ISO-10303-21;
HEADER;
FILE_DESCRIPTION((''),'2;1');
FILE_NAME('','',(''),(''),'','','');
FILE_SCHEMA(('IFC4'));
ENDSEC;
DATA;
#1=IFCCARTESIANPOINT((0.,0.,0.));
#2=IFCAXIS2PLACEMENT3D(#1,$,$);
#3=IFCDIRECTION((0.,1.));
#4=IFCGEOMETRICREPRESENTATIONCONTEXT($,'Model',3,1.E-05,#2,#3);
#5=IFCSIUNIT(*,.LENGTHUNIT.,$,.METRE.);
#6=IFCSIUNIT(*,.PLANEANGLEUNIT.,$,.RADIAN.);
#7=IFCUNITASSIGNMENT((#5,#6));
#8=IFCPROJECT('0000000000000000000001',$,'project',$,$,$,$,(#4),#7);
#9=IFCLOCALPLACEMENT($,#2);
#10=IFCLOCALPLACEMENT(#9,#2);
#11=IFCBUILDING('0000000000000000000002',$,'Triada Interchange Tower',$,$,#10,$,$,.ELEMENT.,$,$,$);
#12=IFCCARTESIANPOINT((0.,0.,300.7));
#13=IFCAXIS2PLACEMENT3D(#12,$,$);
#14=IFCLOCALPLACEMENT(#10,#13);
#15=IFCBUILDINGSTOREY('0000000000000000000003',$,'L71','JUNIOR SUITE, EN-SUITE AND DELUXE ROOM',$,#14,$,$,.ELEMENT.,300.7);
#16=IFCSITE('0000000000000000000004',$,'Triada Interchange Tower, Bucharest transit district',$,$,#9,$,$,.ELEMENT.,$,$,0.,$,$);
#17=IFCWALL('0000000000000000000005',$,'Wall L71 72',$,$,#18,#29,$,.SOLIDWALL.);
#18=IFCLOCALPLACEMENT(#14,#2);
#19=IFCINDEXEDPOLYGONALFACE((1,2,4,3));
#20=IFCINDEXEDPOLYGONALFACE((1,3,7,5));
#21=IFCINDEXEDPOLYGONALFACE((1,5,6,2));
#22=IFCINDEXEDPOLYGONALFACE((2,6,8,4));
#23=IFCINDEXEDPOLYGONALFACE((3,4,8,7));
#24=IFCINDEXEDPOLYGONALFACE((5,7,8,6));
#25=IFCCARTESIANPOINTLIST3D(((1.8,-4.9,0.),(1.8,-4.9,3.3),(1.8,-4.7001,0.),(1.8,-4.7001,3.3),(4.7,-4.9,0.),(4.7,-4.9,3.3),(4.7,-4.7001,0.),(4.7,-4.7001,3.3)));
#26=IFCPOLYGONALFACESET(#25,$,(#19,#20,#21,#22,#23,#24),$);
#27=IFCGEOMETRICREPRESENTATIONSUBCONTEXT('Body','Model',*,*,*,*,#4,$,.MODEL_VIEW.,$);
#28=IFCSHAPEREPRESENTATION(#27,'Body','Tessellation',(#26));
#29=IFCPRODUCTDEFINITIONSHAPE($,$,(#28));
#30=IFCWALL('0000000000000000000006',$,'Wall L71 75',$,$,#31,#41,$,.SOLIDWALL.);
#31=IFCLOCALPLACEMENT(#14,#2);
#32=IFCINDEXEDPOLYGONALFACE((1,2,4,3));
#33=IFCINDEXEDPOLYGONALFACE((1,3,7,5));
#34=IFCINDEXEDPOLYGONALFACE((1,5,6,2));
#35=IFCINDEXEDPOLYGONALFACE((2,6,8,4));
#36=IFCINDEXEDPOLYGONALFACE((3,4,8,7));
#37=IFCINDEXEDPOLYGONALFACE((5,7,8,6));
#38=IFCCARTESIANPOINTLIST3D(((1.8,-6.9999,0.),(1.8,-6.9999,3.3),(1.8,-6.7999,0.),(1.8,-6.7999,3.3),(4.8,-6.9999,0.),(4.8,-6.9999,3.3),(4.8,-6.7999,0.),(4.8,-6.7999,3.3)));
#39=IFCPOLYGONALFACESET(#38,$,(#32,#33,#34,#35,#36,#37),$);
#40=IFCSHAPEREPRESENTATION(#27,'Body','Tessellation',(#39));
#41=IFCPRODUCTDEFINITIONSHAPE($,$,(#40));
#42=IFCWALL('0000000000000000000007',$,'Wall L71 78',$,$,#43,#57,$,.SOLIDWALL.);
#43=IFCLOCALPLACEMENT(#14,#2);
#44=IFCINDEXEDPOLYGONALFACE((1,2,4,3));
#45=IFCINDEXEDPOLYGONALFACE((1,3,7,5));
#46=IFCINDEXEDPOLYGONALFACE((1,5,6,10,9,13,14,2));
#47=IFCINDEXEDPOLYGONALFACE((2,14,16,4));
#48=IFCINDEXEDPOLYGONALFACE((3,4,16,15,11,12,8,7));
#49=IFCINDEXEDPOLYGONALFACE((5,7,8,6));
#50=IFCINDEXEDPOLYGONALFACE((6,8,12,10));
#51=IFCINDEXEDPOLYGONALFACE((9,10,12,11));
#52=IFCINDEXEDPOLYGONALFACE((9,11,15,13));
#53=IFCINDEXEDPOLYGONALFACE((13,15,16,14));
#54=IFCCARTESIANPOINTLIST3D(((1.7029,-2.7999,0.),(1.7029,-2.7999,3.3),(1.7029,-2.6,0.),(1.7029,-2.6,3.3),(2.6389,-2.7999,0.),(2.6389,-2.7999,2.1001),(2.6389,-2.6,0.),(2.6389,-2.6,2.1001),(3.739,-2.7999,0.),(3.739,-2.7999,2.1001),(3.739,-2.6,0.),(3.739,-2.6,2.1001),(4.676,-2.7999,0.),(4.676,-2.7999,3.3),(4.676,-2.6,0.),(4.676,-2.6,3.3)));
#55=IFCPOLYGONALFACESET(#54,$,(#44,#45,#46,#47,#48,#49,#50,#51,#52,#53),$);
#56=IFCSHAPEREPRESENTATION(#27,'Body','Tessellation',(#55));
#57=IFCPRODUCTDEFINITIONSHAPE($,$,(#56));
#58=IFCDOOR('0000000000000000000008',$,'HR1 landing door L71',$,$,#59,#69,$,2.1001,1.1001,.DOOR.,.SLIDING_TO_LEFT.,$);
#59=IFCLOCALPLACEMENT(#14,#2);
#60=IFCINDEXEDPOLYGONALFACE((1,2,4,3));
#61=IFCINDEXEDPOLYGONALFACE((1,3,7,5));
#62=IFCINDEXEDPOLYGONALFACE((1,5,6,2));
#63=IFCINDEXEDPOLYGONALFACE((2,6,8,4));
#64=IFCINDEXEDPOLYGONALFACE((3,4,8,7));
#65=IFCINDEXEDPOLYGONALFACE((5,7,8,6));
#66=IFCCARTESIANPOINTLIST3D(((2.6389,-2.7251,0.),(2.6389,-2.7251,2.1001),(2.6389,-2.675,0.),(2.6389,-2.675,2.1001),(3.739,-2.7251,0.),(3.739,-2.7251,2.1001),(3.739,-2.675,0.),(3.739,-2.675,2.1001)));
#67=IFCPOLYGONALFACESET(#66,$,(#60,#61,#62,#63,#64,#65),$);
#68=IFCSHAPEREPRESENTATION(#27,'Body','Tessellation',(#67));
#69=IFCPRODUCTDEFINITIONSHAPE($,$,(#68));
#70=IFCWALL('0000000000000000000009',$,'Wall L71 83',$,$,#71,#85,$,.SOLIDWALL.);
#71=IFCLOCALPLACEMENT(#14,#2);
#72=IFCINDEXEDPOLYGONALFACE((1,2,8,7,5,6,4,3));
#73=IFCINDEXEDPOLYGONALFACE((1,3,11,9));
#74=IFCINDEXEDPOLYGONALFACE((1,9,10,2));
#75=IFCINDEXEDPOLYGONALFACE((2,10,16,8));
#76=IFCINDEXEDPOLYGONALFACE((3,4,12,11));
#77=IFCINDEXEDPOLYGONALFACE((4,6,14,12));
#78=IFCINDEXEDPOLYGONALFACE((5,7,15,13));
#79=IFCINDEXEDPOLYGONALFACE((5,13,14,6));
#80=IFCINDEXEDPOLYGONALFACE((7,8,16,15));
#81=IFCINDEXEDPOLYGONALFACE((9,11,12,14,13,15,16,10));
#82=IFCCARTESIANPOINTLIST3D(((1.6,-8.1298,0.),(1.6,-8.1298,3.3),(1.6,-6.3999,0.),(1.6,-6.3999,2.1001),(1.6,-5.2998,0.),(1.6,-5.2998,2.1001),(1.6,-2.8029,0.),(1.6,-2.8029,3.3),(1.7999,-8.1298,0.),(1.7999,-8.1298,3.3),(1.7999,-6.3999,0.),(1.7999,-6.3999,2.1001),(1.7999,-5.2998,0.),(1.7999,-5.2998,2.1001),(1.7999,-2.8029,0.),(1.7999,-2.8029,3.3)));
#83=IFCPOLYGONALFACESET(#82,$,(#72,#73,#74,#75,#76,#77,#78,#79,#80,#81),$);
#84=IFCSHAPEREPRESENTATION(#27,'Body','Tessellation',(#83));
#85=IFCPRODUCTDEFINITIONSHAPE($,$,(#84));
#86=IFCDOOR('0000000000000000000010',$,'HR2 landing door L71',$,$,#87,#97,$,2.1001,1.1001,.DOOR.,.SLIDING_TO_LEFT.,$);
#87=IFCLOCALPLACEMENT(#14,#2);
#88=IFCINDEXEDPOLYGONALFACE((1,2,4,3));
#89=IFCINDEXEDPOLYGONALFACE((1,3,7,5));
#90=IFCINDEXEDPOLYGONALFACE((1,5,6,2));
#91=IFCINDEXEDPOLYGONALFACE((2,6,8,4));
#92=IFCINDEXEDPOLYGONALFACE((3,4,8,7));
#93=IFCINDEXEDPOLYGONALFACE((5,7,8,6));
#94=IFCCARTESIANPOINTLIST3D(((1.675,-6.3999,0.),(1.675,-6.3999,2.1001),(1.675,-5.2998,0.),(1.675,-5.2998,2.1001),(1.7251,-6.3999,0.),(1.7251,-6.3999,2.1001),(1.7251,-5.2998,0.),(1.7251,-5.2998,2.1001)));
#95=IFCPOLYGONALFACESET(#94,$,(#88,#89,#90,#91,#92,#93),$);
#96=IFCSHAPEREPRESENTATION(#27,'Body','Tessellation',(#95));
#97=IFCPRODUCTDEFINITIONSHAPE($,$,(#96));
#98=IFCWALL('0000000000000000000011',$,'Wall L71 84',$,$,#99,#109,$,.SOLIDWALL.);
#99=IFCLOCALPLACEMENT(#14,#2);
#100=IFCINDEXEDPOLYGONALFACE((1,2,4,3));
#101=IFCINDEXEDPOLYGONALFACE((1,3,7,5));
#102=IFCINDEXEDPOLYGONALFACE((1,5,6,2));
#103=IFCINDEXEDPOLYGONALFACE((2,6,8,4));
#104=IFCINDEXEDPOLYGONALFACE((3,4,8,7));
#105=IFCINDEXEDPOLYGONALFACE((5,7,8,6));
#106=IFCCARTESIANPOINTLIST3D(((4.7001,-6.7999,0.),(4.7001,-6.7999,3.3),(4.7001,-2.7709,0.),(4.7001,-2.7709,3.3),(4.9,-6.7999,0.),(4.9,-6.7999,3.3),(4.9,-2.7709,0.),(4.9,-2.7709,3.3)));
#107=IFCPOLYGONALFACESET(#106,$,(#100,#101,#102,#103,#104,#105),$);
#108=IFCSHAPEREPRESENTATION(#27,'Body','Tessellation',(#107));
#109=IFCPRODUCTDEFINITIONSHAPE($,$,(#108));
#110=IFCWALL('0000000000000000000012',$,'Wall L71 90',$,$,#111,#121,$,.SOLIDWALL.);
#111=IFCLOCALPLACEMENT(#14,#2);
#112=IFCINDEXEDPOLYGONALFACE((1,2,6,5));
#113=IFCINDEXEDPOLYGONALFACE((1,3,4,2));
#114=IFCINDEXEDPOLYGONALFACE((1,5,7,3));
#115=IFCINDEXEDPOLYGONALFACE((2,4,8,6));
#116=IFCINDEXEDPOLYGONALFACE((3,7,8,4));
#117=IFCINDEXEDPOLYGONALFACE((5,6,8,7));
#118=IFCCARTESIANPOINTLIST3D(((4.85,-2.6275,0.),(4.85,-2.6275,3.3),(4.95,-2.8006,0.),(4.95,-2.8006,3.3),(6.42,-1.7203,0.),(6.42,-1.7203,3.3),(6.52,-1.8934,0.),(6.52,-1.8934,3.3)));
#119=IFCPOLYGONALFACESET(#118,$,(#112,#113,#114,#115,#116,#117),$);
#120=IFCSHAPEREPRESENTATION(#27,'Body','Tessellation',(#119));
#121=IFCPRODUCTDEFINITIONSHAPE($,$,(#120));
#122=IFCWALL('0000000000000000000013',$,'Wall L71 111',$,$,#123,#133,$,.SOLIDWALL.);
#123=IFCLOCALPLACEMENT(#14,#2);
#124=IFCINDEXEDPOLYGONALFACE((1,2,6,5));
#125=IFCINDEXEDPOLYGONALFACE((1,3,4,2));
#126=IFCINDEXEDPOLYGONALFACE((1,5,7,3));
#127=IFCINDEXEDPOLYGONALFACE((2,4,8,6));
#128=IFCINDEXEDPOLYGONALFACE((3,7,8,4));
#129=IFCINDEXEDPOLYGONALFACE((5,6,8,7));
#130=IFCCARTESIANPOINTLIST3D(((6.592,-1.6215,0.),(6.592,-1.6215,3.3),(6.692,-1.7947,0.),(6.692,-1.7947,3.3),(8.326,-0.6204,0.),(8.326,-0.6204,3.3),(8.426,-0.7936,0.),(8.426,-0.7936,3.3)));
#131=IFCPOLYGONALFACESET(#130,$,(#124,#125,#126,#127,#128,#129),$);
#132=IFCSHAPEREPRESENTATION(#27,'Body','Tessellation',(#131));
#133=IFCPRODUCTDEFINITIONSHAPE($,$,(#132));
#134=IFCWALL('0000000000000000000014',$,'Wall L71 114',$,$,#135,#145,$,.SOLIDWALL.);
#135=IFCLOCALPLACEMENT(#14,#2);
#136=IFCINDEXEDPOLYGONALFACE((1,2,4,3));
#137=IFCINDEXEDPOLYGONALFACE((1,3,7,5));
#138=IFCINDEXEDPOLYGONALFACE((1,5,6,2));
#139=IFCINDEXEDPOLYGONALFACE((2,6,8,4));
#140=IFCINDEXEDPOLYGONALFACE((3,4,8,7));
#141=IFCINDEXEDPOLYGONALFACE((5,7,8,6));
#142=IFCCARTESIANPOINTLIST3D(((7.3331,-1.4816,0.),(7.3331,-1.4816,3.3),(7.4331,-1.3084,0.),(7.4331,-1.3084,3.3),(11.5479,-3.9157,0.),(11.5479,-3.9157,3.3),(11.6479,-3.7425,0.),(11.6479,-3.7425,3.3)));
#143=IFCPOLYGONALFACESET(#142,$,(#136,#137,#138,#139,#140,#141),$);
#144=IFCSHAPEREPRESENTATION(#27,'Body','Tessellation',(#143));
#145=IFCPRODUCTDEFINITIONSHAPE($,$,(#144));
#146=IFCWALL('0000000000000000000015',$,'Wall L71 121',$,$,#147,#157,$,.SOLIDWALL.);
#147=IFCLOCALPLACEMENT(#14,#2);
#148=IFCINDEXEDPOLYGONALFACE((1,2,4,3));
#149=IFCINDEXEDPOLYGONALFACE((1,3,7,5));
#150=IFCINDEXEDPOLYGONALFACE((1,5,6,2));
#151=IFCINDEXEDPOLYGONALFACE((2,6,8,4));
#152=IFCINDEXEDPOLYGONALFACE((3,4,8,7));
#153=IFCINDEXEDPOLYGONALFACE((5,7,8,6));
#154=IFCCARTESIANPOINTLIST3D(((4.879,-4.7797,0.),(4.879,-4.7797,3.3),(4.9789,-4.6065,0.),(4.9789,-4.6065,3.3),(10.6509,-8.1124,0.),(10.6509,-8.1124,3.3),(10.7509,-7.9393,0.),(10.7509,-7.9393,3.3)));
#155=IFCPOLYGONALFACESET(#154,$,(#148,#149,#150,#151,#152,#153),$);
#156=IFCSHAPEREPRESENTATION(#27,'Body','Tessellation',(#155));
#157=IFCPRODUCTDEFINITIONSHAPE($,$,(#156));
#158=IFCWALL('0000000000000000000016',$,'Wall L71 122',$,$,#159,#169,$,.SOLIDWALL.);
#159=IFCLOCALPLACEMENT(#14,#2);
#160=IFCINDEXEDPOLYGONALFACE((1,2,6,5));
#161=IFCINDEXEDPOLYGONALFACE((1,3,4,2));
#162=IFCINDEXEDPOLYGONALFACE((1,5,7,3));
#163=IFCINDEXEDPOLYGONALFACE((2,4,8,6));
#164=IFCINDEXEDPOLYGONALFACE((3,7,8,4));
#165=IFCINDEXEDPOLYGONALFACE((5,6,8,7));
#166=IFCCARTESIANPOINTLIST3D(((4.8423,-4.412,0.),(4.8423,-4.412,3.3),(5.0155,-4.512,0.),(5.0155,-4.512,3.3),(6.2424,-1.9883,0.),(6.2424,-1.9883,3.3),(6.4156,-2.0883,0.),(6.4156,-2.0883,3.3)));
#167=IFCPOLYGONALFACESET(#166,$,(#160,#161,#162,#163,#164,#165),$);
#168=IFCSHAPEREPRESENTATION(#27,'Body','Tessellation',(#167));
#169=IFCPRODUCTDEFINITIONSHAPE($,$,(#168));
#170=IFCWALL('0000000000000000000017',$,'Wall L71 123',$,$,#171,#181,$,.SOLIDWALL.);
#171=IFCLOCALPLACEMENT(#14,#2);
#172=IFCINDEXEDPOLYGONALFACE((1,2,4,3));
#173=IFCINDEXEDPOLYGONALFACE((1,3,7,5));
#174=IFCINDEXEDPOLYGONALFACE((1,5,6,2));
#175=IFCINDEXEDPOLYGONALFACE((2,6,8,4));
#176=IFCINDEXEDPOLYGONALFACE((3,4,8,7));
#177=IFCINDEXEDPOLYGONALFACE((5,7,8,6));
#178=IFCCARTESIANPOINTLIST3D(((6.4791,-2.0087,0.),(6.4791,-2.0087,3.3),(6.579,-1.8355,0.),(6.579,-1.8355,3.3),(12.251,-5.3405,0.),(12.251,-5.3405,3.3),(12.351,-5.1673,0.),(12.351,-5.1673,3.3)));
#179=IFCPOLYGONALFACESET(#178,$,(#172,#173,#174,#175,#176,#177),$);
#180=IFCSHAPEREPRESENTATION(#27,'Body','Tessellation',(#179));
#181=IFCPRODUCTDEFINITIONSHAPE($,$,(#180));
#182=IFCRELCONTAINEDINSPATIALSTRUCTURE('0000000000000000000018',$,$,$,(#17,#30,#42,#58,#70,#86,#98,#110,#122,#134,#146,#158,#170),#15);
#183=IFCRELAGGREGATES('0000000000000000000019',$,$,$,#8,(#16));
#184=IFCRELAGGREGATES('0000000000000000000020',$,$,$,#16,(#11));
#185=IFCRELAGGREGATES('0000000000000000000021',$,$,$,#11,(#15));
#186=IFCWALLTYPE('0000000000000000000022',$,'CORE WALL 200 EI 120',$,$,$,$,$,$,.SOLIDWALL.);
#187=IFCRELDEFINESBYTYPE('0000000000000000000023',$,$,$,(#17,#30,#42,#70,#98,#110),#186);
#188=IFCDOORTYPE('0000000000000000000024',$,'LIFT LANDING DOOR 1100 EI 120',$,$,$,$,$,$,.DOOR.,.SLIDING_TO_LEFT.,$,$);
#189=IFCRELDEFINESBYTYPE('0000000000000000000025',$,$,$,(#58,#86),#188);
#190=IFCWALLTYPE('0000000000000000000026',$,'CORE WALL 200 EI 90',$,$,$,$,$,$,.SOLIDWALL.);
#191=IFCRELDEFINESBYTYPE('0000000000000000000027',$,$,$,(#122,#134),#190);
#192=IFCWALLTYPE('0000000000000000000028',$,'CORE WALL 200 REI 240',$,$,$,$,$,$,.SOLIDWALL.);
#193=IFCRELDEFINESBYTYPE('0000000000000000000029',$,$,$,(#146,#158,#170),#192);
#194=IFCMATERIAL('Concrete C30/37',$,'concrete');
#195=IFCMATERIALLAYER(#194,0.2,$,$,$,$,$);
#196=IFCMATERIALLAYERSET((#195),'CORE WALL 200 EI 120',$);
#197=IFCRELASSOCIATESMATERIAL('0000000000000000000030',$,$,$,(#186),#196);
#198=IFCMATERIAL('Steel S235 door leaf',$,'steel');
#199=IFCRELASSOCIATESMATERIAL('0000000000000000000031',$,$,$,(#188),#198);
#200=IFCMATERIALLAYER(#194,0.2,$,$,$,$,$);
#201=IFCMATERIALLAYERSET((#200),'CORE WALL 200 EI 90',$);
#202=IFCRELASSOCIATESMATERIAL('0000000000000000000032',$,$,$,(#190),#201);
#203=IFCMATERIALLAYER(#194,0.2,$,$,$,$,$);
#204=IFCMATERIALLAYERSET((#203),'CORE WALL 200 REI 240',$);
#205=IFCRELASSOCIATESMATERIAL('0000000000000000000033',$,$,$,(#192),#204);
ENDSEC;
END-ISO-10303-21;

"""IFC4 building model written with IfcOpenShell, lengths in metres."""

from ifc_helpers import new_model, si_unit, direction, frame, frame_2d, origin, place, context, subcontext, project, spatial, rectangle, extrude, material, layer, layer_set, type_object, element, fill, save


model = new_model("IFC4")

# Units and contexts
model_context = context("Model", 3, precision=1e-05, world=origin(), true_north=direction((0.0, 1.0)))
body_context = subcontext(model_context, "Body", "Model", "MODEL_VIEW")
ifc_project = project(units=[si_unit("LENGTHUNIT", "METRE"), si_unit("PLANEANGLEUNIT", "RADIAN")], contexts=[model_context])

# Site, building, storey
site_placement = place(None, origin())
site = spatial("IfcSite", under=ifc_project, at=site_placement, Name="Triada Interchange Tower, Bucharest transit district", CompositionType="ELEMENT", RefElevation=0.0)
building_placement = place(site_placement, origin())
building = spatial("IfcBuilding", under=site, at=building_placement, Name="Triada Interchange Tower", CompositionType="ELEMENT")
storey_placement = place(building_placement, frame((0.0, 0.0, 300.7)))
storey = spatial("IfcBuildingStorey", under=building, at=storey_placement, Name="L71", Description="JUNIOR SUITE, EN-SUITE AND DELUXE ROOM", CompositionType="ELEMENT", Elevation=300.7)

# Walls
ifc_material_1 = material(Name="Concrete C30/37", Category="concrete")
ifc_layer_1 = layer(ifc_material_1, 0.2)
ifc_layer_set_1 = layer_set([ifc_layer_1], Name="CORE WALL 200 EI 120")
wall_type_1 = type_object("IfcWallType", Name="CORE WALL 200 EI 120", PredefinedType="SOLIDWALL", material=ifc_layer_set_1)
wall_1_placement = place(storey_placement, frame((1.8, -4.8, 0.0), z_axis=(0.0, 0.0, 1.0), x_axis=(1.0, 0.0, 0.0)))
element("IfcWall", 1, at=wall_1_placement, inside=storey, type_object=wall_type_1, Name="Wall L71 72", PredefinedType="SOLIDWALL", context=body_context, shape_type="SweptSolid", body=[
    extrude(rectangle(XDim=2.8999, YDim=0.2, at=frame_2d((1.45, 0.0))), origin(), (0.0, 0.0, 1.0), 3.3),
])
wall_2_placement = place(storey_placement, frame((1.8, -6.8999, 0.0), z_axis=(0.0, 0.0, 1.0), x_axis=(1.0, 0.0, 0.0)))
element("IfcWall", 2, at=wall_2_placement, inside=storey, type_object=wall_type_1, Name="Wall L71 75", PredefinedType="SOLIDWALL", context=body_context, shape_type="SweptSolid", body=[
    extrude(rectangle(XDim=3.0, YDim=0.2, at=frame_2d((1.5, 0.0))), origin(), (0.0, 0.0, 1.0), 3.3),
])

# Walls, openings, doors
wall_3_placement = place(storey_placement, frame((1.7029, -2.7, 0.0), z_axis=(0.0, 0.0, 1.0), x_axis=(1.0, 0.0, 0.0)))
wall_3 = element("IfcWall", 3, at=wall_3_placement, inside=storey, type_object=wall_type_1, Name="Wall L71 78", PredefinedType="SOLIDWALL", context=body_context, shape_type="SweptSolid", body=[
    extrude(rectangle(XDim=2.9731, YDim=0.2, at=frame_2d((1.4866, 0.0))), origin(), (0.0, 0.0, 1.0), 3.3),
])
opening_1_placement = place(wall_3_placement, frame((0.936, 0.0, 0.0)))
opening_1 = element("IfcOpeningElement", 4, at=opening_1_placement, cuts=wall_3, PredefinedType="OPENING", context=body_context, shape_type="SweptSolid", body=[
    extrude(rectangle(XDim=1.1001, YDim=2.1001, at=frame_2d((0.55, 1.05))), frame((0.0, 0.1099, 0.0), z_axis=(0.0, -1.0, 0.0), x_axis=(1.0, 0.0, 0.0)), (0.0, 0.0, 1.0), 0.22),
])
ifc_material_2 = material(Name="Steel S235 door leaf", Category="steel")
door_type_1 = type_object("IfcDoorType", Name="LIFT LANDING DOOR 1100 EI 120", OperationType="SLIDING_TO_LEFT", PredefinedType="DOOR", material=ifc_material_2)
door_1_placement = place(opening_1_placement, origin())
door_1 = element("IfcDoor", 5, at=door_1_placement, inside=storey, type_object=door_type_1, Name="HR1 landing door L71", OperationType="SLIDING_TO_LEFT", OverallHeight=2.1001, OverallWidth=1.1001, PredefinedType="DOOR", context=body_context, shape_type="SweptSolid", body=[
    extrude(rectangle(XDim=1.1001, YDim=2.1001, at=frame_2d((0.55, 1.05))), frame((0.0, 0.0249, 0.0), z_axis=(0.0, -1.0, 0.0), x_axis=(1.0, 0.0, 0.0)), (0.0, 0.0, 1.0), 0.05),
])
fill(opening_1, door_1)
wall_4_placement = place(storey_placement, frame((1.7, -8.1299, 0.0), z_axis=(0.0, 0.0, 1.0), x_axis=(0.0, 1.0, 0.0)))
wall_4 = element("IfcWall", 6, at=wall_4_placement, inside=storey, type_object=wall_type_1, Name="Wall L71 83", PredefinedType="SOLIDWALL", context=body_context, shape_type="SweptSolid", body=[
    extrude(rectangle(XDim=5.3269, YDim=0.2, at=frame_2d((2.6636, 0.0))), origin(), (0.0, 0.0, 1.0), 3.3),
])
opening_2_placement = place(wall_4_placement, frame((1.73, 0.0, 0.0)))
opening_2 = element("IfcOpeningElement", 7, at=opening_2_placement, cuts=wall_4, PredefinedType="OPENING", context=body_context, shape_type="SweptSolid", body=[
    extrude(rectangle(XDim=1.1001, YDim=2.1001, at=frame_2d((0.55, 1.05))), frame((0.0, 0.1099, 0.0), z_axis=(0.0, -1.0, 0.0), x_axis=(1.0, 0.0, 0.0)), (0.0, 0.0, 1.0), 0.22),
])
door_2_placement = place(opening_2_placement, origin())
door_2 = element("IfcDoor", 8, at=door_2_placement, inside=storey, type_object=door_type_1, Name="HR2 landing door L71", OperationType="SLIDING_TO_LEFT", OverallHeight=2.1001, OverallWidth=1.1001, PredefinedType="DOOR", context=body_context, shape_type="SweptSolid", body=[
    extrude(rectangle(XDim=1.1001, YDim=2.1001, at=frame_2d((0.55, 1.05))), frame((0.0, 0.0249, 0.0), z_axis=(0.0, -1.0, 0.0), x_axis=(1.0, 0.0, 0.0)), (0.0, 0.0, 1.0), 0.05),
])
fill(opening_2, door_2)

# Walls
wall_5_placement = place(storey_placement, frame((4.8, -6.8, 0.0), z_axis=(0.0, 0.0, 1.0), x_axis=(0.0, 1.0, 0.0)))
element("IfcWall", 9, at=wall_5_placement, inside=storey, type_object=wall_type_1, Name="Wall L71 84", PredefinedType="SOLIDWALL", context=body_context, shape_type="SweptSolid", body=[
    extrude(rectangle(XDim=4.0291, YDim=0.2, at=frame_2d((2.0146, 0.0))), origin(), (0.0, 0.0, 1.0), 3.3),
])
wall_6_placement = place(storey_placement, frame((4.8999, -2.7141, 0.0), z_axis=(0.0, 0.0, 1.0), x_axis=(0.865847, 0.500309, 0.0)))
element("IfcWall", 10, at=wall_6_placement, inside=storey, type_object=wall_type_1, Name="Wall L71 90", PredefinedType="SOLIDWALL", context=body_context, shape_type="SweptSolid", body=[
    extrude(rectangle(XDim=1.8132, YDim=0.2, at=frame_2d((0.9067, 0.0))), origin(), (0.0, 0.0, 1.0), 3.3),
])
ifc_layer_2 = layer(ifc_material_1, 0.2)
ifc_layer_set_2 = layer_set([ifc_layer_2], Name="CORE WALL 200 EI 90")
wall_type_2 = type_object("IfcWallType", Name="CORE WALL 200 EI 90", PredefinedType="SOLIDWALL", material=ifc_layer_set_2)
wall_7_placement = place(storey_placement, frame((6.6421, -1.708, 0.0), z_axis=(0.0, 0.0, 1.0), x_axis=(0.866043, 0.499969, 0.0)))
element("IfcWall", 11, at=wall_7_placement, inside=storey, type_object=wall_type_2, Name="Wall L71 111", PredefinedType="SOLIDWALL", context=body_context, shape_type="SweptSolid", body=[
    extrude(rectangle(XDim=2.0022, YDim=0.2, at=frame_2d((1.001, 0.0))), origin(), (0.0, 0.0, 1.0), 3.3),
])
wall_8_placement = place(storey_placement, frame((7.3831, -1.395, 0.0), z_axis=(0.0, 0.0, 1.0), x_axis=(0.865968, -0.500099, 0.0)))
element("IfcWall", 12, at=wall_8_placement, inside=storey, type_object=wall_type_2, Name="Wall L71 114", PredefinedType="SOLIDWALL", context=body_context, shape_type="SweptSolid", body=[
    extrude(rectangle(XDim=4.8672, YDim=0.2, at=frame_2d((2.4336, 0.0))), origin(), (0.0, 0.0, 1.0), 3.3),
])
ifc_layer_3 = layer(ifc_material_1, 0.2)
ifc_layer_set_3 = layer_set([ifc_layer_3], Name="CORE WALL 200 REI 240")
wall_type_3 = type_object("IfcWallType", Name="CORE WALL 200 REI 240", PredefinedType="SOLIDWALL", material=ifc_layer_set_3)
wall_9_placement = place(storey_placement, frame((4.929, -4.6931, 0.0), z_axis=(0.0, 0.0, 1.0), x_axis=(0.866005, -0.500035, 0.0)))
element("IfcWall", 13, at=wall_9_placement, inside=storey, type_object=wall_type_3, Name="Wall L71 121", PredefinedType="SOLIDWALL", context=body_context, shape_type="SweptSolid", body=[
    extrude(rectangle(XDim=6.665, YDim=0.2, at=frame_2d((3.3325, 0.0))), origin(), (0.0, 0.0, 1.0), 3.3),
])
wall_10_placement = place(storey_placement, frame((4.929, -4.4619, 0.0), z_axis=(0.0, 0.0, 1.0), x_axis=(0.500201, 0.86591, 0.0)))
element("IfcWall", 14, at=wall_10_placement, inside=storey, type_object=wall_type_3, Name="Wall L71 122", PredefinedType="SOLIDWALL", context=body_context, shape_type="SweptSolid", body=[
    extrude(rectangle(XDim=2.7991, YDim=0.2, at=frame_2d((1.3994, 0.0))), origin(), (0.0, 0.0, 1.0), 3.3),
])
wall_11_placement = place(storey_placement, frame((6.5291, -1.9221, 0.0), z_axis=(0.0, 0.0, 1.0), x_axis=(0.866068, -0.499925, 0.0)))
element("IfcWall", 15, at=wall_11_placement, inside=storey, type_object=wall_type_3, Name="Wall L71 123", PredefinedType="SOLIDWALL", context=body_context, shape_type="SweptSolid", body=[
    extrude(rectangle(XDim=6.6646, YDim=0.2, at=frame_2d((3.3323, 0.0))), origin(), (0.0, 0.0, 1.0), 3.3),
])

save(model, "model.ifc")
